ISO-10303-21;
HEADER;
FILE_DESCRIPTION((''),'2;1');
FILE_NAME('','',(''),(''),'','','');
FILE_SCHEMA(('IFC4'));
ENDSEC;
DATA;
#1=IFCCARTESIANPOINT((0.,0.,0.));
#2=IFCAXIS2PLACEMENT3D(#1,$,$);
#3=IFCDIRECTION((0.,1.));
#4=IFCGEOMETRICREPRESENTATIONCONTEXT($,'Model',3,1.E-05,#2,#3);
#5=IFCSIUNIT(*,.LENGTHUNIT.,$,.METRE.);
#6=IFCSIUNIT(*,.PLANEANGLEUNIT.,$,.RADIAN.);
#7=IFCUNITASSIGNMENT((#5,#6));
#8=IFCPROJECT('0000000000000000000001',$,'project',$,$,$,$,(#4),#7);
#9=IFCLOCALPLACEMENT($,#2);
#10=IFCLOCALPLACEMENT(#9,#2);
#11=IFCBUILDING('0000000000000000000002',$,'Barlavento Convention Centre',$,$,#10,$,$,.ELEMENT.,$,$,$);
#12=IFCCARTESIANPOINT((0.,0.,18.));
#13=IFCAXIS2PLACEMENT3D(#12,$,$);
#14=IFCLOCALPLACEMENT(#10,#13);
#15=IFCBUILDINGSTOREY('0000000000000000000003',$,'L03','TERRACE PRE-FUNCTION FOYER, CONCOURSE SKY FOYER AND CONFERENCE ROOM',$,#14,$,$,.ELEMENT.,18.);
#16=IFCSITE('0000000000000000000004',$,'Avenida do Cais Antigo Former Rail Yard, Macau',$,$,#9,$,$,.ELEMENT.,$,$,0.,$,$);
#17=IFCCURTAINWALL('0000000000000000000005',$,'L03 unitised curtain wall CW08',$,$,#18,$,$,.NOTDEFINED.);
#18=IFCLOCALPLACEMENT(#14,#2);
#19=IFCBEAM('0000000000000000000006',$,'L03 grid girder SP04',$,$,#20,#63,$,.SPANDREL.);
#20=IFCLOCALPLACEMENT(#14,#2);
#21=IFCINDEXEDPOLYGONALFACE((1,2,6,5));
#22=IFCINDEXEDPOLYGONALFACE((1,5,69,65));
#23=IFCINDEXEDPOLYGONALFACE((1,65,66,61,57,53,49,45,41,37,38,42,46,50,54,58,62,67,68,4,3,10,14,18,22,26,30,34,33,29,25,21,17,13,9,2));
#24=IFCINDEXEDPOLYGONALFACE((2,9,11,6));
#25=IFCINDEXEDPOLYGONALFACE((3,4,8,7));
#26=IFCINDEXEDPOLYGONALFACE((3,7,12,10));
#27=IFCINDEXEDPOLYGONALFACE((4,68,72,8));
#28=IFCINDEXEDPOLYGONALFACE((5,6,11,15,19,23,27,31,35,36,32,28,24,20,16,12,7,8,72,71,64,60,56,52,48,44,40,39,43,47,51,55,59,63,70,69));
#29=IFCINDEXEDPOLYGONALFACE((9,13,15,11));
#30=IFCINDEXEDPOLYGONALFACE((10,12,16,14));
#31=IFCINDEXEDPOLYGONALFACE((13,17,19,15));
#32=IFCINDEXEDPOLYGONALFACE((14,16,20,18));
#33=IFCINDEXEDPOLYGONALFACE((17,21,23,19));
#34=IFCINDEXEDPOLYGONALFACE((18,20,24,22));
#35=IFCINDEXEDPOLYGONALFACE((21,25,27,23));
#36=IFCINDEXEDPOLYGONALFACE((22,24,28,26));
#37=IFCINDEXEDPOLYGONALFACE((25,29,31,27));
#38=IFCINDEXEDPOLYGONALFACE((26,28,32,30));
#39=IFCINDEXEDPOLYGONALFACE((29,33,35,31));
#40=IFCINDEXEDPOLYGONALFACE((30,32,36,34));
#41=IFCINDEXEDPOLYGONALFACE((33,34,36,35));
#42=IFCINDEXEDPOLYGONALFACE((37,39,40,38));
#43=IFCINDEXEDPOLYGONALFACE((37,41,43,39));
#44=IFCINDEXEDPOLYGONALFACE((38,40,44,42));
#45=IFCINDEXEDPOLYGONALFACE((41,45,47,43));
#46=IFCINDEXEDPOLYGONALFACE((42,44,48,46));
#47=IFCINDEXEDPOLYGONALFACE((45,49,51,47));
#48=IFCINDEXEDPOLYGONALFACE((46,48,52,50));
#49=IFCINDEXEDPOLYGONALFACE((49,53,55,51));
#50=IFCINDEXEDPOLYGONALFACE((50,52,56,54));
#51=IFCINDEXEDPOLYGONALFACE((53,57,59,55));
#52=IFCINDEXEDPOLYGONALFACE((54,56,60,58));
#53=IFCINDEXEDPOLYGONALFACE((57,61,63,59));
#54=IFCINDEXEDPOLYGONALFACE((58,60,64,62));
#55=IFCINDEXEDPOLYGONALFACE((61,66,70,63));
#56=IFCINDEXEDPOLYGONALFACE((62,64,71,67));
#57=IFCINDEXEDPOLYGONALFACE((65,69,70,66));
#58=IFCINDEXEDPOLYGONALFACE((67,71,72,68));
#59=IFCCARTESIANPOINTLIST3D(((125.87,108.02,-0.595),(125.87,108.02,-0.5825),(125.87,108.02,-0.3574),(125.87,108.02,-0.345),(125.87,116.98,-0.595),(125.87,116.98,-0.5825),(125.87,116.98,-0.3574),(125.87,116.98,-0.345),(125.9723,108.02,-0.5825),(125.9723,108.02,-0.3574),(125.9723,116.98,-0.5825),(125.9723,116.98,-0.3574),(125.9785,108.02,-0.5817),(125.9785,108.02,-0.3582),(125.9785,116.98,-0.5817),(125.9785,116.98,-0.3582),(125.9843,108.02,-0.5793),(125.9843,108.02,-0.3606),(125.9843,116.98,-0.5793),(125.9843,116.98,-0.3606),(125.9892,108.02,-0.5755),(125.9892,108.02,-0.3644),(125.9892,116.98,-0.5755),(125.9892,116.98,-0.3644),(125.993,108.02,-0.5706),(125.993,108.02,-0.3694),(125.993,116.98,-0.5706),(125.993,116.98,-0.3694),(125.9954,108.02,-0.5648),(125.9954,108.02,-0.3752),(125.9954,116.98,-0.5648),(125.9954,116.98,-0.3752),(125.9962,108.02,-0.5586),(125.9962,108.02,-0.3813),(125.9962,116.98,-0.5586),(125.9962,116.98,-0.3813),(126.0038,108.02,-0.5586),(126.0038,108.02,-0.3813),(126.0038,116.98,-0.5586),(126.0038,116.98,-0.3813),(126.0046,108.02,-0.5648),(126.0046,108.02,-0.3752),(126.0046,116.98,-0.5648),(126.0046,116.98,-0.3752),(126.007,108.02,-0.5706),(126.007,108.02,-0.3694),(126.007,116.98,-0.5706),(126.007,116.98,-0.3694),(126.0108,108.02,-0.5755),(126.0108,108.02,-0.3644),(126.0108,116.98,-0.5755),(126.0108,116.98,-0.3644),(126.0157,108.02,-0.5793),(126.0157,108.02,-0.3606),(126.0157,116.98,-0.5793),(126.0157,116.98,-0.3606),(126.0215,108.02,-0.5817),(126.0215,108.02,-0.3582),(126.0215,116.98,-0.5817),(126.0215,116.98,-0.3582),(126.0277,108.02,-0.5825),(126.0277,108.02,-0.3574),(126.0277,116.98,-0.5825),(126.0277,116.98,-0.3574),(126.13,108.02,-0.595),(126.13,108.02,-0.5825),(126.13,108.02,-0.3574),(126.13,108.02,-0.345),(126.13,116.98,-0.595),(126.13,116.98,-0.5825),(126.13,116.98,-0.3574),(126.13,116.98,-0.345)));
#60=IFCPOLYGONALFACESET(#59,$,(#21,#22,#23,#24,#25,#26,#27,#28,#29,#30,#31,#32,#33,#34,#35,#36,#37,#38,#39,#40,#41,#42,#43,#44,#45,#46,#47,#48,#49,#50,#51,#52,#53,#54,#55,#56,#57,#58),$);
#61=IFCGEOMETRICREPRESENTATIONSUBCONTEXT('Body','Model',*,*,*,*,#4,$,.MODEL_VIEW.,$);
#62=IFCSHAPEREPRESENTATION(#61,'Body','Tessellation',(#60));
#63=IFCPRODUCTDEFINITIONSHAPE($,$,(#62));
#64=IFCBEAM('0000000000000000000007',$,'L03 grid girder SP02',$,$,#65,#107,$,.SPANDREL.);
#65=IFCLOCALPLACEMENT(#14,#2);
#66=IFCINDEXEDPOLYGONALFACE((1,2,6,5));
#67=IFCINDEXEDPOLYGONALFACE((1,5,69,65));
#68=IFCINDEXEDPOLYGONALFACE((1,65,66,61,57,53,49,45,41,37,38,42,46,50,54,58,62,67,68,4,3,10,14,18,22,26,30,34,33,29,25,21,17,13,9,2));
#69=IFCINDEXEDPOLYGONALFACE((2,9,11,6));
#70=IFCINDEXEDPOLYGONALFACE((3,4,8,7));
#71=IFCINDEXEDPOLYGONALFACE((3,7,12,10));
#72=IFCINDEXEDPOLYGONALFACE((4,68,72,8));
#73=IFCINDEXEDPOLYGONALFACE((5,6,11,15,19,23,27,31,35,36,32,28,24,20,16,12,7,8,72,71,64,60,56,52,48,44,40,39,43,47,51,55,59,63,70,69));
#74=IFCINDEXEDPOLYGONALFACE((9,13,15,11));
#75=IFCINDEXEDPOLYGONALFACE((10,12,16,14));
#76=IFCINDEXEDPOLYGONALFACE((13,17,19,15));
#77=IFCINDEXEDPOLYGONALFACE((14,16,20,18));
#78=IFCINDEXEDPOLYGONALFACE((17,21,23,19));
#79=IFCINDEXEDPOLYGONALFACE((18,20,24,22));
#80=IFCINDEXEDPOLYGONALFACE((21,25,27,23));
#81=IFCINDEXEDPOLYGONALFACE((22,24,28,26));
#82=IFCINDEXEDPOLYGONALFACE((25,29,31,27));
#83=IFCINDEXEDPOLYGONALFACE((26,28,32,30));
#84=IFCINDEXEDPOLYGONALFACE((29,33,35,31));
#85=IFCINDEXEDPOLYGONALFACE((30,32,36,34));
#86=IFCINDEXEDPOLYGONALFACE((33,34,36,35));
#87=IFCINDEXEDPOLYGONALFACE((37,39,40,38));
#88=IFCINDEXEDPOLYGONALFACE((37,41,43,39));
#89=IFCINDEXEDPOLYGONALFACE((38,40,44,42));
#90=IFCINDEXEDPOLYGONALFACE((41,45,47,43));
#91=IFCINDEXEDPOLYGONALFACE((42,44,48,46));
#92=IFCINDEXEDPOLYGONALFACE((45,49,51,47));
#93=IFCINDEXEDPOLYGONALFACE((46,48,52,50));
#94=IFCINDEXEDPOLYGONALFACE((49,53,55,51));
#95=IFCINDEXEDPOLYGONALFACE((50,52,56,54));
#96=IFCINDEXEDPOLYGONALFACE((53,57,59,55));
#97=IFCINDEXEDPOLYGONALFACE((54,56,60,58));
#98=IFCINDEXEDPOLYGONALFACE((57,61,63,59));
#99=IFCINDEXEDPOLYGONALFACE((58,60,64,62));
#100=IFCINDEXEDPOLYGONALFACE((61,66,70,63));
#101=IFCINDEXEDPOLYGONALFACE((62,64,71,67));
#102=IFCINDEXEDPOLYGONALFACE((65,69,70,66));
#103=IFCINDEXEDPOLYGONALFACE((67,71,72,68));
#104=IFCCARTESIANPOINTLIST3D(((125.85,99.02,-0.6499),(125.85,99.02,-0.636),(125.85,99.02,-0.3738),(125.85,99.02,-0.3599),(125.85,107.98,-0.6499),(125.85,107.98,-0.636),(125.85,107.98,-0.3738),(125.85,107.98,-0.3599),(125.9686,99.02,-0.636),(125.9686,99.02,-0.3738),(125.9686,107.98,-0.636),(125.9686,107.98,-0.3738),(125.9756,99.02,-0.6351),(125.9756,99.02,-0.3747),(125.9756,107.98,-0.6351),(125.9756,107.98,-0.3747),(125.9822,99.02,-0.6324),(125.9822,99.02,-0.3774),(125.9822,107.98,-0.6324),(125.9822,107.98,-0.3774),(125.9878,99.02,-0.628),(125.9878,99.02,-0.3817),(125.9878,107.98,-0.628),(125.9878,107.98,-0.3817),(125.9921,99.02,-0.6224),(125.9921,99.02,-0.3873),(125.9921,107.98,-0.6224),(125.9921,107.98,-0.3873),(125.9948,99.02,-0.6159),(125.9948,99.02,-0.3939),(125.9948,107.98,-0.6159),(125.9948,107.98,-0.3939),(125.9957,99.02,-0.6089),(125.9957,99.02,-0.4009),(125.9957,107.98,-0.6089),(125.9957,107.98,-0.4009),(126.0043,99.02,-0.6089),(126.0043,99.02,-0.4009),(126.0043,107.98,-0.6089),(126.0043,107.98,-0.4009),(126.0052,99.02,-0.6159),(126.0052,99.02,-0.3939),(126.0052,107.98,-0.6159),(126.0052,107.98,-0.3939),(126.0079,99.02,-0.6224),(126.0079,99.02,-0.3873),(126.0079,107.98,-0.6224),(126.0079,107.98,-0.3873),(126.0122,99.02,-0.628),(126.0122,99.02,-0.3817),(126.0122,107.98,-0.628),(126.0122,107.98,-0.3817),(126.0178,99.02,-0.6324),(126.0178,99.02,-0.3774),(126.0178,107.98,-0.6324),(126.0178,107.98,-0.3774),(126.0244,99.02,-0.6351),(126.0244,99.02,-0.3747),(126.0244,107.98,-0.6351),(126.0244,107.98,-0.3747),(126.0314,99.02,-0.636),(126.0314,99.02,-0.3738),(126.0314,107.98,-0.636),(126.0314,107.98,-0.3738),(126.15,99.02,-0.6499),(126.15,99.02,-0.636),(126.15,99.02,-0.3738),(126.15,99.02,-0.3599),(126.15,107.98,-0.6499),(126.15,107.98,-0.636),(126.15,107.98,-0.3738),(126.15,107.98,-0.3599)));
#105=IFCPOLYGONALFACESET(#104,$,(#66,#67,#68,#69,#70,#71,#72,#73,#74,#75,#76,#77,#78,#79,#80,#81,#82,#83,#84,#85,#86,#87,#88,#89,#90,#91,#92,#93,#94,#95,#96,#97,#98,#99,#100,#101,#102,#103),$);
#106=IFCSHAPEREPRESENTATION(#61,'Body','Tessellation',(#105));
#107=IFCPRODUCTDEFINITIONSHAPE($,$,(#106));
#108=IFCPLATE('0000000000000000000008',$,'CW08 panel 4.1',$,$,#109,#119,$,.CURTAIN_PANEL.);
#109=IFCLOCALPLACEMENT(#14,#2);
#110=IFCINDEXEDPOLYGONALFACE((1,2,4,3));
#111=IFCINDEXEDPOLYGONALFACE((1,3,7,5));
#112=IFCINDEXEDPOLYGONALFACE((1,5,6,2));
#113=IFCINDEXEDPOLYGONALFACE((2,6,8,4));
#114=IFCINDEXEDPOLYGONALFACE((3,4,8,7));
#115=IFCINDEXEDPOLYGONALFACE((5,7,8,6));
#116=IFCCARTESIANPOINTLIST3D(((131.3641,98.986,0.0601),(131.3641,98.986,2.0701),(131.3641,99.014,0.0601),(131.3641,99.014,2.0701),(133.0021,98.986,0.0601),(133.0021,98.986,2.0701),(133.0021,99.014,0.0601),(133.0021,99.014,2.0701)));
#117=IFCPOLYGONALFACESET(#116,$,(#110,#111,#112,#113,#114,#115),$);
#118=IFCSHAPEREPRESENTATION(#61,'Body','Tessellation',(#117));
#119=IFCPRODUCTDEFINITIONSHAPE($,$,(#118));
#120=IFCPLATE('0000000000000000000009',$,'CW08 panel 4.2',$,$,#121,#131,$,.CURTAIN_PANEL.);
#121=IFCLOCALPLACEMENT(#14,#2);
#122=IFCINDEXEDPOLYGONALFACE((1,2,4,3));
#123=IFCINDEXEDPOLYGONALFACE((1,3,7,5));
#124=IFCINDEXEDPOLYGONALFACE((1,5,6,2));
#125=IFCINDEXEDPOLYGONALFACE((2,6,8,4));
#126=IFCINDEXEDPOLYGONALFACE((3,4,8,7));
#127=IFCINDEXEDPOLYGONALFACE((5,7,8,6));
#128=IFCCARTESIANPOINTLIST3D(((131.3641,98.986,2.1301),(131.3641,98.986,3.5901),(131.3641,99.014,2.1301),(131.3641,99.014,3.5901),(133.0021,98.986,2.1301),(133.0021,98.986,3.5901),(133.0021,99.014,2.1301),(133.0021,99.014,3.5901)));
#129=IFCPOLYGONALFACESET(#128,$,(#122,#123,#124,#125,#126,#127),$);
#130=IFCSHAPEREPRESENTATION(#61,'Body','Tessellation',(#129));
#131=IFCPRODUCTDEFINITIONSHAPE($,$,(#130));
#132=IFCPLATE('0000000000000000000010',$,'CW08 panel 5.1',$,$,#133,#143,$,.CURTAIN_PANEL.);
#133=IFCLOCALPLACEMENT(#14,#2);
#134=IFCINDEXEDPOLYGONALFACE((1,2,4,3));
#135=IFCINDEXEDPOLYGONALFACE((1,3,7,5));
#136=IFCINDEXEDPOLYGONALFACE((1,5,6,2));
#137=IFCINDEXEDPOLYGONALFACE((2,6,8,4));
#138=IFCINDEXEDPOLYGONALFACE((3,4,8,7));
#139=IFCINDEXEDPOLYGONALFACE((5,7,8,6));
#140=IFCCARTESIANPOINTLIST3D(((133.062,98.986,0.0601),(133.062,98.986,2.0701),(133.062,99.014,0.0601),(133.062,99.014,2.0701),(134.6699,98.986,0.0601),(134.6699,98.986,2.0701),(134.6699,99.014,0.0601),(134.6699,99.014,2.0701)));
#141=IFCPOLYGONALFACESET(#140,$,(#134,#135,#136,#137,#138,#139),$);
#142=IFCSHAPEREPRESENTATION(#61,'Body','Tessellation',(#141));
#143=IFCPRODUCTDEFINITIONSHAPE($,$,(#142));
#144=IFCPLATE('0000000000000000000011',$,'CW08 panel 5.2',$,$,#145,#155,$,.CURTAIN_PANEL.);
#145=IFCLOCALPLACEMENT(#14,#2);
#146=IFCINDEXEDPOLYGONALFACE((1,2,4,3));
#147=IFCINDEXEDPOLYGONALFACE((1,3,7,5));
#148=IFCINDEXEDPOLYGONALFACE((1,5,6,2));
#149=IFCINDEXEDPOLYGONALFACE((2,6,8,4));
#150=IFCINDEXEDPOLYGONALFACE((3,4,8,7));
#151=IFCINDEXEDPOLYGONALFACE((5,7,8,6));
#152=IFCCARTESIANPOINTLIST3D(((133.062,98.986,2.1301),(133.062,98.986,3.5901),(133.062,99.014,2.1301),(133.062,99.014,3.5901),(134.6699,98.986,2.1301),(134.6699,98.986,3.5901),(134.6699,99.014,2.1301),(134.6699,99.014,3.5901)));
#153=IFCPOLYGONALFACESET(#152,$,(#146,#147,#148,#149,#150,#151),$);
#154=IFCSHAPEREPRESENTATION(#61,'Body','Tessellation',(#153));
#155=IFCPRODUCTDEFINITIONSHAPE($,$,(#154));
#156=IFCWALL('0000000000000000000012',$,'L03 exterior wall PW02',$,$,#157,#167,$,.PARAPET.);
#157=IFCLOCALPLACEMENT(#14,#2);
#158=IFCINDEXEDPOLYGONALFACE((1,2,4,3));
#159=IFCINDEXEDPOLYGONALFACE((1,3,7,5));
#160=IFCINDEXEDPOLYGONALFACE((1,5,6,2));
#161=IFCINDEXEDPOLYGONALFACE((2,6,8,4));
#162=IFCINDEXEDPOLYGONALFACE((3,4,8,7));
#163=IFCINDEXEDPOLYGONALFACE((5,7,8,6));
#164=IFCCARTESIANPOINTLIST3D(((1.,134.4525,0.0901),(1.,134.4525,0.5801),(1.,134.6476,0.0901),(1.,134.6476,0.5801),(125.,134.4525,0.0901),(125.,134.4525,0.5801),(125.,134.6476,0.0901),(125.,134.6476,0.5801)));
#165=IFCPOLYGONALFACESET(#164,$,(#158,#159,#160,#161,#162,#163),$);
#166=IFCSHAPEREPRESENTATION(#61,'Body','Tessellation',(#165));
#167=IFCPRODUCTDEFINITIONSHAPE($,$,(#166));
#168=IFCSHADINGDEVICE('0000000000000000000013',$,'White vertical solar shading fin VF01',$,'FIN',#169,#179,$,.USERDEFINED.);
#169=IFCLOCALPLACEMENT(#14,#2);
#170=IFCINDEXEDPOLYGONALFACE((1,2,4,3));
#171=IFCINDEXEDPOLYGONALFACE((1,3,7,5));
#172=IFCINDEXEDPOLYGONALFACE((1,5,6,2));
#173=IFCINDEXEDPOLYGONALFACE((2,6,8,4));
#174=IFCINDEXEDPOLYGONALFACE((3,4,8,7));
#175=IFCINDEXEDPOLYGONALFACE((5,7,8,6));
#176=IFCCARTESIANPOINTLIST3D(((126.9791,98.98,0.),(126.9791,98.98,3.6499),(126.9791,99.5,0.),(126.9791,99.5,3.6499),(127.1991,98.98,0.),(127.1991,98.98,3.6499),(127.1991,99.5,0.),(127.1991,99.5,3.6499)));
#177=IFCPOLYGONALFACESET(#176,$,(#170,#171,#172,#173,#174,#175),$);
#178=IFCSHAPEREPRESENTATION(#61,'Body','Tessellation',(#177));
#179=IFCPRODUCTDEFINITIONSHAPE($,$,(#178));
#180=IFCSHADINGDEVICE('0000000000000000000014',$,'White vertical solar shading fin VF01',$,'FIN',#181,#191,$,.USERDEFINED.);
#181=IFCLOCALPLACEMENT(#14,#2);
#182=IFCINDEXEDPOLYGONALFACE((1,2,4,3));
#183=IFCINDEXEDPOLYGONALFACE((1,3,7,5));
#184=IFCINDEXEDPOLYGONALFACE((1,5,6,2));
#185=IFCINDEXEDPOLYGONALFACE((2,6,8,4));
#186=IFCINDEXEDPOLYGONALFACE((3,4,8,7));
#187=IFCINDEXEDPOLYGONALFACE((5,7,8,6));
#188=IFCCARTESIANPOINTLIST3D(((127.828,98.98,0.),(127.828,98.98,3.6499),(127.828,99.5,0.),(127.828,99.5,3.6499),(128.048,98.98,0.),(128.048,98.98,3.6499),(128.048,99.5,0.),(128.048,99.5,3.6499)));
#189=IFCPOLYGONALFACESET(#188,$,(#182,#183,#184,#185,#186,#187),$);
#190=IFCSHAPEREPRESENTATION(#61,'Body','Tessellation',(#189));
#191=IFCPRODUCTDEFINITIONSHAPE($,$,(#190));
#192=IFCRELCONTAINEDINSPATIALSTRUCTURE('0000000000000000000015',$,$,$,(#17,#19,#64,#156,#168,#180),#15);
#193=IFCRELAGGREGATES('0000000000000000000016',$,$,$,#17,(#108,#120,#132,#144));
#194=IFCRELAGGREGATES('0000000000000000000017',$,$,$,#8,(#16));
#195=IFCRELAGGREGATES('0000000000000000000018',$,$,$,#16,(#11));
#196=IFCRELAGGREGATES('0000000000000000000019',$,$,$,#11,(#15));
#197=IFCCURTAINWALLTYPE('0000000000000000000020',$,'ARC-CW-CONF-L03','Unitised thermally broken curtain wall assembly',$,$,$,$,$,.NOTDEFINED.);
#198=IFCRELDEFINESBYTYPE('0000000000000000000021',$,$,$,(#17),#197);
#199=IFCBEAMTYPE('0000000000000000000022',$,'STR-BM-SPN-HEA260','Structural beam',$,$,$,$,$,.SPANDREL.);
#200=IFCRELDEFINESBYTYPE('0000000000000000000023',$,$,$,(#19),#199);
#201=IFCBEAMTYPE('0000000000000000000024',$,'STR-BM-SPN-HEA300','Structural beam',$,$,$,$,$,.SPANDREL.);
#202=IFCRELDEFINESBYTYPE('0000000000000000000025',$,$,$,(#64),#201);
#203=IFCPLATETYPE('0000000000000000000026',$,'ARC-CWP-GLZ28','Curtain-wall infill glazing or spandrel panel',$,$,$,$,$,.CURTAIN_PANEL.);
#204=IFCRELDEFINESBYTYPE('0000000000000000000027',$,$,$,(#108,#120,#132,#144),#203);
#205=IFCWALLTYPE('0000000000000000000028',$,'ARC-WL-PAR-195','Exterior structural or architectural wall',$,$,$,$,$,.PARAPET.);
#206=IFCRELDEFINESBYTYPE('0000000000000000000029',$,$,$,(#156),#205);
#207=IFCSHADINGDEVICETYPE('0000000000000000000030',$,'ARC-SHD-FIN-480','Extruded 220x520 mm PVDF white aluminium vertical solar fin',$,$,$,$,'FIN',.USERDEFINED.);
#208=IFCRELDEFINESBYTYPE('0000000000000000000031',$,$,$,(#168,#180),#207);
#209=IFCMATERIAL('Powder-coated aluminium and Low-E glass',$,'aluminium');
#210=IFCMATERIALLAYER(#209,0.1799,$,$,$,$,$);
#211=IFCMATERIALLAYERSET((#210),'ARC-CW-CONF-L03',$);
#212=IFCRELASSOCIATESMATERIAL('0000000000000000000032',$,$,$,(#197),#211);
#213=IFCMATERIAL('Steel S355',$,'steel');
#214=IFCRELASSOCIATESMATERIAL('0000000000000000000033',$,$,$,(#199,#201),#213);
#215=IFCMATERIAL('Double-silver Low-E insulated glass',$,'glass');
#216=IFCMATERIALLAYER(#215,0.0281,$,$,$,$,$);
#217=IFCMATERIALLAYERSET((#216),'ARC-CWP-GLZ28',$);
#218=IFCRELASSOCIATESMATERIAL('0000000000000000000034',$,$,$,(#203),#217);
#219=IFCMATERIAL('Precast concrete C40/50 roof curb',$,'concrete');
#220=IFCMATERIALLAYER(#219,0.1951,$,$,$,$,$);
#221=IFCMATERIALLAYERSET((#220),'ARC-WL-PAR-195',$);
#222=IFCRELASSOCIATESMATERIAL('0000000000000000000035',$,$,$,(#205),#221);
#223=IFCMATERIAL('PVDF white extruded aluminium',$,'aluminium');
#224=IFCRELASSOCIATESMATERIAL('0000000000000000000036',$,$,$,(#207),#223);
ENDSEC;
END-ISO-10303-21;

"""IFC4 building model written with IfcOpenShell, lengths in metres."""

from ifc_helpers import new_model, si_unit, direction, frame, frame_2d, origin, origin_2d, place, context, subcontext, project, spatial, rectangle, i_section, extrude, material, layer, layer_set, material_profile, profile_set, type_object, element, aggregate, save


model = new_model("IFC4")

# Units and contexts
model_context = context("Model", 3, precision=1e-05, world=origin(), true_north=direction((0.0, 1.0)))
body_context = subcontext(model_context, "Body", "Model", "MODEL_VIEW")
ifc_project = project(units=[si_unit("LENGTHUNIT", "METRE"), si_unit("PLANEANGLEUNIT", "RADIAN")], contexts=[model_context])

# Site, building, storey
site_placement = place(None, origin())
site = spatial("IfcSite", under=ifc_project, at=site_placement, Name="Avenida do Cais Antigo Former Rail Yard, Macau", CompositionType="ELEMENT", RefElevation=0.0)
building_placement = place(site_placement, origin())
building = spatial("IfcBuilding", under=site, at=building_placement, Name="Barlavento Convention Centre", CompositionType="ELEMENT")
storey_placement = place(building_placement, frame((0.0, 0.0, 18.0)))
storey = spatial("IfcBuildingStorey", under=building, at=storey_placement, Name="L03", Description="TERRACE PRE-FUNCTION FOYER, CONCOURSE SKY FOYER AND CONFERENCE ROOM", CompositionType="ELEMENT", Elevation=18.0)

# Shared definitions
ifc_material_1 = material(Name="Steel S355", Category="steel")

# Curtain wall
ifc_material_2 = material(Name="Powder-coated aluminium and Low-E glass", Category="aluminium")
ifc_layer_1 = layer(ifc_material_2, 0.1799)
ifc_layer_set_1 = layer_set([ifc_layer_1], Name="ARC-CW-CONF-L03")
curtain_wall_type = type_object("IfcCurtainWallType", Name="ARC-CW-CONF-L03", Description="Unitised thermally broken curtain wall assembly", PredefinedType="NOTDEFINED", material=ifc_layer_set_1)
curtain_wall_placement = place(storey_placement, origin())
curtain_wall = element("IfcCurtainWall", 1, at=curtain_wall_placement, inside=storey, type_object=curtain_wall_type, Name="L03 unitised curtain wall CW08", PredefinedType="NOTDEFINED")

# Beams
ifc_material_profile_1 = material_profile(ifc_material_1, i_section(OverallWidth=0.26, OverallDepth=0.25, WebThickness=0.0076, FlangeThickness=0.0125, FilletRadius=0.0239, at=origin_2d()), Name="HEA 260")
ifc_profile_set_1 = profile_set([ifc_material_profile_1], Name="Steel S355")
beam_type_1 = type_object("IfcBeamType", Name="STR-BM-SPN-HEA260", Description="Structural beam", PredefinedType="SPANDREL", material=ifc_profile_set_1)
beam_1_placement = place(storey_placement, frame((126.0, 108.02, -0.47), z_axis=(0.0, 1.0, 0.0), x_axis=(-1.0, 0.0, 0.0)))
element("IfcBeam", 2, at=beam_1_placement, inside=storey, type_object=beam_type_1, Name="L03 grid girder SP04", PredefinedType="SPANDREL", context=body_context, shape_type="SweptSolid", body=[
    extrude(i_section(OverallWidth=0.26, OverallDepth=0.25, WebThickness=0.0076, FlangeThickness=0.0125, FilletRadius=0.0239, at=origin_2d()), origin(), (0.0, 0.0, 1.0), 8.96),
])
ifc_material_profile_2 = material_profile(ifc_material_1, i_section(OverallWidth=0.3, OverallDepth=0.29, WebThickness=0.0085, FlangeThickness=0.0139, FilletRadius=0.0271, at=origin_2d()), Name="HEA 300")
ifc_profile_set_2 = profile_set([ifc_material_profile_2], Name="Steel S355")
beam_type_2 = type_object("IfcBeamType", Name="STR-BM-SPN-HEA300", Description="Structural beam", PredefinedType="SPANDREL", material=ifc_profile_set_2)
beam_2_placement = place(storey_placement, frame((126.0, 99.02, -0.5049), z_axis=(0.0, 1.0, 0.0), x_axis=(-1.0, 0.0, 0.0)))
element("IfcBeam", 3, at=beam_2_placement, inside=storey, type_object=beam_type_2, Name="L03 grid girder SP02", PredefinedType="SPANDREL", context=body_context, shape_type="SweptSolid", body=[
    extrude(i_section(OverallWidth=0.3, OverallDepth=0.29, WebThickness=0.0085, FlangeThickness=0.0139, FilletRadius=0.0271, at=origin_2d()), origin(), (0.0, 0.0, 1.0), 8.96),
])

# Plates
ifc_material_3 = material(Name="Double-silver Low-E insulated glass", Category="glass")
ifc_layer_2 = layer(ifc_material_3, 0.0281)
ifc_layer_set_2 = layer_set([ifc_layer_2], Name="ARC-CWP-GLZ28")
plate_type = type_object("IfcPlateType", Name="ARC-CWP-GLZ28", Description="Curtain-wall infill glazing or spandrel panel", PredefinedType="CURTAIN_PANEL", material=ifc_layer_set_2)
plate_1_placement = place(storey_placement, frame((132.1831, 99.0, 0.0601), z_axis=(0.0, 0.0, 1.0), x_axis=(1.0, 0.0, 0.0)))
plate_1 = element("IfcPlate", 4, at=plate_1_placement, type_object=plate_type, Name="CW08 panel 4.1", PredefinedType="CURTAIN_PANEL", context=body_context, shape_type="SweptSolid", body=[
    extrude(rectangle(XDim=1.6379, YDim=0.0281, at=origin_2d()), origin(), (0.0, 0.0, 1.0), 2.01),
])
plate_2_placement = place(storey_placement, frame((132.1831, 99.0, 2.1301), z_axis=(0.0, 0.0, 1.0), x_axis=(1.0, 0.0, 0.0)))
plate_2 = element("IfcPlate", 5, at=plate_2_placement, type_object=plate_type, Name="CW08 panel 4.2", PredefinedType="CURTAIN_PANEL", context=body_context, shape_type="SweptSolid", body=[
    extrude(rectangle(XDim=1.6379, YDim=0.0281, at=origin_2d()), origin(), (0.0, 0.0, 1.0), 1.46),
])
plate_3_placement = place(storey_placement, frame((133.866, 99.0, 0.0601), z_axis=(0.0, 0.0, 1.0), x_axis=(1.0, 0.0, 0.0)))
plate_3 = element("IfcPlate", 6, at=plate_3_placement, type_object=plate_type, Name="CW08 panel 5.1", PredefinedType="CURTAIN_PANEL", context=body_context, shape_type="SweptSolid", body=[
    extrude(rectangle(XDim=1.6079, YDim=0.0281, at=origin_2d()), origin(), (0.0, 0.0, 1.0), 2.01),
])
plate_4_placement = place(storey_placement, frame((133.866, 99.0, 2.1301), z_axis=(0.0, 0.0, 1.0), x_axis=(1.0, 0.0, 0.0)))
plate_4 = element("IfcPlate", 7, at=plate_4_placement, type_object=plate_type, Name="CW08 panel 5.2", PredefinedType="CURTAIN_PANEL", context=body_context, shape_type="SweptSolid", body=[
    extrude(rectangle(XDim=1.6079, YDim=0.0281, at=origin_2d()), origin(), (0.0, 0.0, 1.0), 1.46),
])
aggregate(curtain_wall, [plate_1, plate_2, plate_3, plate_4])

# Wall
ifc_material_4 = material(Name="Precast concrete C40/50 roof curb", Category="concrete")
ifc_layer_3 = layer(ifc_material_4, 0.1951)
ifc_layer_set_3 = layer_set([ifc_layer_3], Name="ARC-WL-PAR-195")
wall_type = type_object("IfcWallType", Name="ARC-WL-PAR-195", Description="Exterior structural or architectural wall", PredefinedType="PARAPET", material=ifc_layer_set_3)
wall_placement = place(storey_placement, frame((125.0, 134.55, 0.0901), z_axis=(0.0, 0.0, 1.0), x_axis=(-1.0, 0.0, 0.0)))
element("IfcWall", 8, at=wall_placement, inside=storey, type_object=wall_type, Name="L03 exterior wall PW02", PredefinedType="PARAPET", context=body_context, shape_type="SweptSolid", body=[
    extrude(rectangle(XDim=124.0, YDim=0.1951, at=frame_2d((62.0, 0.0))), origin(), (0.0, 0.0, 1.0), 0.49),
])

# Shading devices
ifc_material_5 = material(Name="PVDF white extruded aluminium", Category="aluminium")
shading_device_type = type_object("IfcShadingDeviceType", Name="ARC-SHD-FIN-480", Description="Extruded 220x520 mm PVDF white aluminium vertical solar fin", ElementType="FIN", PredefinedType="USERDEFINED", material=ifc_material_5)
for number, where, z_axis, x_axis, name in (
    (9, (127.0891, 99.24, 0.0), (0.0, 0.0, 1.0), (1.0, 0.0, 0.0), "White vertical solar shading fin VF01"),
    (10, (127.938, 99.24, 0.0), (0.0, 0.0, 1.0), (1.0, 0.0, 0.0), "White vertical solar shading fin VF01"),
):
    element("IfcShadingDevice", number, at=place(storey_placement, frame(where, z_axis=z_axis, x_axis=x_axis)), inside=storey, type_object=shading_device_type, Name=name, ObjectType="FIN", PredefinedType="USERDEFINED", context=body_context, shape_type="SweptSolid", body=[
        extrude(rectangle(XDim=0.22, YDim=0.52, at=origin_2d()), origin(), (0.0, 0.0, 1.0), 3.6499),
    ])

save(model, "model.ifc")
